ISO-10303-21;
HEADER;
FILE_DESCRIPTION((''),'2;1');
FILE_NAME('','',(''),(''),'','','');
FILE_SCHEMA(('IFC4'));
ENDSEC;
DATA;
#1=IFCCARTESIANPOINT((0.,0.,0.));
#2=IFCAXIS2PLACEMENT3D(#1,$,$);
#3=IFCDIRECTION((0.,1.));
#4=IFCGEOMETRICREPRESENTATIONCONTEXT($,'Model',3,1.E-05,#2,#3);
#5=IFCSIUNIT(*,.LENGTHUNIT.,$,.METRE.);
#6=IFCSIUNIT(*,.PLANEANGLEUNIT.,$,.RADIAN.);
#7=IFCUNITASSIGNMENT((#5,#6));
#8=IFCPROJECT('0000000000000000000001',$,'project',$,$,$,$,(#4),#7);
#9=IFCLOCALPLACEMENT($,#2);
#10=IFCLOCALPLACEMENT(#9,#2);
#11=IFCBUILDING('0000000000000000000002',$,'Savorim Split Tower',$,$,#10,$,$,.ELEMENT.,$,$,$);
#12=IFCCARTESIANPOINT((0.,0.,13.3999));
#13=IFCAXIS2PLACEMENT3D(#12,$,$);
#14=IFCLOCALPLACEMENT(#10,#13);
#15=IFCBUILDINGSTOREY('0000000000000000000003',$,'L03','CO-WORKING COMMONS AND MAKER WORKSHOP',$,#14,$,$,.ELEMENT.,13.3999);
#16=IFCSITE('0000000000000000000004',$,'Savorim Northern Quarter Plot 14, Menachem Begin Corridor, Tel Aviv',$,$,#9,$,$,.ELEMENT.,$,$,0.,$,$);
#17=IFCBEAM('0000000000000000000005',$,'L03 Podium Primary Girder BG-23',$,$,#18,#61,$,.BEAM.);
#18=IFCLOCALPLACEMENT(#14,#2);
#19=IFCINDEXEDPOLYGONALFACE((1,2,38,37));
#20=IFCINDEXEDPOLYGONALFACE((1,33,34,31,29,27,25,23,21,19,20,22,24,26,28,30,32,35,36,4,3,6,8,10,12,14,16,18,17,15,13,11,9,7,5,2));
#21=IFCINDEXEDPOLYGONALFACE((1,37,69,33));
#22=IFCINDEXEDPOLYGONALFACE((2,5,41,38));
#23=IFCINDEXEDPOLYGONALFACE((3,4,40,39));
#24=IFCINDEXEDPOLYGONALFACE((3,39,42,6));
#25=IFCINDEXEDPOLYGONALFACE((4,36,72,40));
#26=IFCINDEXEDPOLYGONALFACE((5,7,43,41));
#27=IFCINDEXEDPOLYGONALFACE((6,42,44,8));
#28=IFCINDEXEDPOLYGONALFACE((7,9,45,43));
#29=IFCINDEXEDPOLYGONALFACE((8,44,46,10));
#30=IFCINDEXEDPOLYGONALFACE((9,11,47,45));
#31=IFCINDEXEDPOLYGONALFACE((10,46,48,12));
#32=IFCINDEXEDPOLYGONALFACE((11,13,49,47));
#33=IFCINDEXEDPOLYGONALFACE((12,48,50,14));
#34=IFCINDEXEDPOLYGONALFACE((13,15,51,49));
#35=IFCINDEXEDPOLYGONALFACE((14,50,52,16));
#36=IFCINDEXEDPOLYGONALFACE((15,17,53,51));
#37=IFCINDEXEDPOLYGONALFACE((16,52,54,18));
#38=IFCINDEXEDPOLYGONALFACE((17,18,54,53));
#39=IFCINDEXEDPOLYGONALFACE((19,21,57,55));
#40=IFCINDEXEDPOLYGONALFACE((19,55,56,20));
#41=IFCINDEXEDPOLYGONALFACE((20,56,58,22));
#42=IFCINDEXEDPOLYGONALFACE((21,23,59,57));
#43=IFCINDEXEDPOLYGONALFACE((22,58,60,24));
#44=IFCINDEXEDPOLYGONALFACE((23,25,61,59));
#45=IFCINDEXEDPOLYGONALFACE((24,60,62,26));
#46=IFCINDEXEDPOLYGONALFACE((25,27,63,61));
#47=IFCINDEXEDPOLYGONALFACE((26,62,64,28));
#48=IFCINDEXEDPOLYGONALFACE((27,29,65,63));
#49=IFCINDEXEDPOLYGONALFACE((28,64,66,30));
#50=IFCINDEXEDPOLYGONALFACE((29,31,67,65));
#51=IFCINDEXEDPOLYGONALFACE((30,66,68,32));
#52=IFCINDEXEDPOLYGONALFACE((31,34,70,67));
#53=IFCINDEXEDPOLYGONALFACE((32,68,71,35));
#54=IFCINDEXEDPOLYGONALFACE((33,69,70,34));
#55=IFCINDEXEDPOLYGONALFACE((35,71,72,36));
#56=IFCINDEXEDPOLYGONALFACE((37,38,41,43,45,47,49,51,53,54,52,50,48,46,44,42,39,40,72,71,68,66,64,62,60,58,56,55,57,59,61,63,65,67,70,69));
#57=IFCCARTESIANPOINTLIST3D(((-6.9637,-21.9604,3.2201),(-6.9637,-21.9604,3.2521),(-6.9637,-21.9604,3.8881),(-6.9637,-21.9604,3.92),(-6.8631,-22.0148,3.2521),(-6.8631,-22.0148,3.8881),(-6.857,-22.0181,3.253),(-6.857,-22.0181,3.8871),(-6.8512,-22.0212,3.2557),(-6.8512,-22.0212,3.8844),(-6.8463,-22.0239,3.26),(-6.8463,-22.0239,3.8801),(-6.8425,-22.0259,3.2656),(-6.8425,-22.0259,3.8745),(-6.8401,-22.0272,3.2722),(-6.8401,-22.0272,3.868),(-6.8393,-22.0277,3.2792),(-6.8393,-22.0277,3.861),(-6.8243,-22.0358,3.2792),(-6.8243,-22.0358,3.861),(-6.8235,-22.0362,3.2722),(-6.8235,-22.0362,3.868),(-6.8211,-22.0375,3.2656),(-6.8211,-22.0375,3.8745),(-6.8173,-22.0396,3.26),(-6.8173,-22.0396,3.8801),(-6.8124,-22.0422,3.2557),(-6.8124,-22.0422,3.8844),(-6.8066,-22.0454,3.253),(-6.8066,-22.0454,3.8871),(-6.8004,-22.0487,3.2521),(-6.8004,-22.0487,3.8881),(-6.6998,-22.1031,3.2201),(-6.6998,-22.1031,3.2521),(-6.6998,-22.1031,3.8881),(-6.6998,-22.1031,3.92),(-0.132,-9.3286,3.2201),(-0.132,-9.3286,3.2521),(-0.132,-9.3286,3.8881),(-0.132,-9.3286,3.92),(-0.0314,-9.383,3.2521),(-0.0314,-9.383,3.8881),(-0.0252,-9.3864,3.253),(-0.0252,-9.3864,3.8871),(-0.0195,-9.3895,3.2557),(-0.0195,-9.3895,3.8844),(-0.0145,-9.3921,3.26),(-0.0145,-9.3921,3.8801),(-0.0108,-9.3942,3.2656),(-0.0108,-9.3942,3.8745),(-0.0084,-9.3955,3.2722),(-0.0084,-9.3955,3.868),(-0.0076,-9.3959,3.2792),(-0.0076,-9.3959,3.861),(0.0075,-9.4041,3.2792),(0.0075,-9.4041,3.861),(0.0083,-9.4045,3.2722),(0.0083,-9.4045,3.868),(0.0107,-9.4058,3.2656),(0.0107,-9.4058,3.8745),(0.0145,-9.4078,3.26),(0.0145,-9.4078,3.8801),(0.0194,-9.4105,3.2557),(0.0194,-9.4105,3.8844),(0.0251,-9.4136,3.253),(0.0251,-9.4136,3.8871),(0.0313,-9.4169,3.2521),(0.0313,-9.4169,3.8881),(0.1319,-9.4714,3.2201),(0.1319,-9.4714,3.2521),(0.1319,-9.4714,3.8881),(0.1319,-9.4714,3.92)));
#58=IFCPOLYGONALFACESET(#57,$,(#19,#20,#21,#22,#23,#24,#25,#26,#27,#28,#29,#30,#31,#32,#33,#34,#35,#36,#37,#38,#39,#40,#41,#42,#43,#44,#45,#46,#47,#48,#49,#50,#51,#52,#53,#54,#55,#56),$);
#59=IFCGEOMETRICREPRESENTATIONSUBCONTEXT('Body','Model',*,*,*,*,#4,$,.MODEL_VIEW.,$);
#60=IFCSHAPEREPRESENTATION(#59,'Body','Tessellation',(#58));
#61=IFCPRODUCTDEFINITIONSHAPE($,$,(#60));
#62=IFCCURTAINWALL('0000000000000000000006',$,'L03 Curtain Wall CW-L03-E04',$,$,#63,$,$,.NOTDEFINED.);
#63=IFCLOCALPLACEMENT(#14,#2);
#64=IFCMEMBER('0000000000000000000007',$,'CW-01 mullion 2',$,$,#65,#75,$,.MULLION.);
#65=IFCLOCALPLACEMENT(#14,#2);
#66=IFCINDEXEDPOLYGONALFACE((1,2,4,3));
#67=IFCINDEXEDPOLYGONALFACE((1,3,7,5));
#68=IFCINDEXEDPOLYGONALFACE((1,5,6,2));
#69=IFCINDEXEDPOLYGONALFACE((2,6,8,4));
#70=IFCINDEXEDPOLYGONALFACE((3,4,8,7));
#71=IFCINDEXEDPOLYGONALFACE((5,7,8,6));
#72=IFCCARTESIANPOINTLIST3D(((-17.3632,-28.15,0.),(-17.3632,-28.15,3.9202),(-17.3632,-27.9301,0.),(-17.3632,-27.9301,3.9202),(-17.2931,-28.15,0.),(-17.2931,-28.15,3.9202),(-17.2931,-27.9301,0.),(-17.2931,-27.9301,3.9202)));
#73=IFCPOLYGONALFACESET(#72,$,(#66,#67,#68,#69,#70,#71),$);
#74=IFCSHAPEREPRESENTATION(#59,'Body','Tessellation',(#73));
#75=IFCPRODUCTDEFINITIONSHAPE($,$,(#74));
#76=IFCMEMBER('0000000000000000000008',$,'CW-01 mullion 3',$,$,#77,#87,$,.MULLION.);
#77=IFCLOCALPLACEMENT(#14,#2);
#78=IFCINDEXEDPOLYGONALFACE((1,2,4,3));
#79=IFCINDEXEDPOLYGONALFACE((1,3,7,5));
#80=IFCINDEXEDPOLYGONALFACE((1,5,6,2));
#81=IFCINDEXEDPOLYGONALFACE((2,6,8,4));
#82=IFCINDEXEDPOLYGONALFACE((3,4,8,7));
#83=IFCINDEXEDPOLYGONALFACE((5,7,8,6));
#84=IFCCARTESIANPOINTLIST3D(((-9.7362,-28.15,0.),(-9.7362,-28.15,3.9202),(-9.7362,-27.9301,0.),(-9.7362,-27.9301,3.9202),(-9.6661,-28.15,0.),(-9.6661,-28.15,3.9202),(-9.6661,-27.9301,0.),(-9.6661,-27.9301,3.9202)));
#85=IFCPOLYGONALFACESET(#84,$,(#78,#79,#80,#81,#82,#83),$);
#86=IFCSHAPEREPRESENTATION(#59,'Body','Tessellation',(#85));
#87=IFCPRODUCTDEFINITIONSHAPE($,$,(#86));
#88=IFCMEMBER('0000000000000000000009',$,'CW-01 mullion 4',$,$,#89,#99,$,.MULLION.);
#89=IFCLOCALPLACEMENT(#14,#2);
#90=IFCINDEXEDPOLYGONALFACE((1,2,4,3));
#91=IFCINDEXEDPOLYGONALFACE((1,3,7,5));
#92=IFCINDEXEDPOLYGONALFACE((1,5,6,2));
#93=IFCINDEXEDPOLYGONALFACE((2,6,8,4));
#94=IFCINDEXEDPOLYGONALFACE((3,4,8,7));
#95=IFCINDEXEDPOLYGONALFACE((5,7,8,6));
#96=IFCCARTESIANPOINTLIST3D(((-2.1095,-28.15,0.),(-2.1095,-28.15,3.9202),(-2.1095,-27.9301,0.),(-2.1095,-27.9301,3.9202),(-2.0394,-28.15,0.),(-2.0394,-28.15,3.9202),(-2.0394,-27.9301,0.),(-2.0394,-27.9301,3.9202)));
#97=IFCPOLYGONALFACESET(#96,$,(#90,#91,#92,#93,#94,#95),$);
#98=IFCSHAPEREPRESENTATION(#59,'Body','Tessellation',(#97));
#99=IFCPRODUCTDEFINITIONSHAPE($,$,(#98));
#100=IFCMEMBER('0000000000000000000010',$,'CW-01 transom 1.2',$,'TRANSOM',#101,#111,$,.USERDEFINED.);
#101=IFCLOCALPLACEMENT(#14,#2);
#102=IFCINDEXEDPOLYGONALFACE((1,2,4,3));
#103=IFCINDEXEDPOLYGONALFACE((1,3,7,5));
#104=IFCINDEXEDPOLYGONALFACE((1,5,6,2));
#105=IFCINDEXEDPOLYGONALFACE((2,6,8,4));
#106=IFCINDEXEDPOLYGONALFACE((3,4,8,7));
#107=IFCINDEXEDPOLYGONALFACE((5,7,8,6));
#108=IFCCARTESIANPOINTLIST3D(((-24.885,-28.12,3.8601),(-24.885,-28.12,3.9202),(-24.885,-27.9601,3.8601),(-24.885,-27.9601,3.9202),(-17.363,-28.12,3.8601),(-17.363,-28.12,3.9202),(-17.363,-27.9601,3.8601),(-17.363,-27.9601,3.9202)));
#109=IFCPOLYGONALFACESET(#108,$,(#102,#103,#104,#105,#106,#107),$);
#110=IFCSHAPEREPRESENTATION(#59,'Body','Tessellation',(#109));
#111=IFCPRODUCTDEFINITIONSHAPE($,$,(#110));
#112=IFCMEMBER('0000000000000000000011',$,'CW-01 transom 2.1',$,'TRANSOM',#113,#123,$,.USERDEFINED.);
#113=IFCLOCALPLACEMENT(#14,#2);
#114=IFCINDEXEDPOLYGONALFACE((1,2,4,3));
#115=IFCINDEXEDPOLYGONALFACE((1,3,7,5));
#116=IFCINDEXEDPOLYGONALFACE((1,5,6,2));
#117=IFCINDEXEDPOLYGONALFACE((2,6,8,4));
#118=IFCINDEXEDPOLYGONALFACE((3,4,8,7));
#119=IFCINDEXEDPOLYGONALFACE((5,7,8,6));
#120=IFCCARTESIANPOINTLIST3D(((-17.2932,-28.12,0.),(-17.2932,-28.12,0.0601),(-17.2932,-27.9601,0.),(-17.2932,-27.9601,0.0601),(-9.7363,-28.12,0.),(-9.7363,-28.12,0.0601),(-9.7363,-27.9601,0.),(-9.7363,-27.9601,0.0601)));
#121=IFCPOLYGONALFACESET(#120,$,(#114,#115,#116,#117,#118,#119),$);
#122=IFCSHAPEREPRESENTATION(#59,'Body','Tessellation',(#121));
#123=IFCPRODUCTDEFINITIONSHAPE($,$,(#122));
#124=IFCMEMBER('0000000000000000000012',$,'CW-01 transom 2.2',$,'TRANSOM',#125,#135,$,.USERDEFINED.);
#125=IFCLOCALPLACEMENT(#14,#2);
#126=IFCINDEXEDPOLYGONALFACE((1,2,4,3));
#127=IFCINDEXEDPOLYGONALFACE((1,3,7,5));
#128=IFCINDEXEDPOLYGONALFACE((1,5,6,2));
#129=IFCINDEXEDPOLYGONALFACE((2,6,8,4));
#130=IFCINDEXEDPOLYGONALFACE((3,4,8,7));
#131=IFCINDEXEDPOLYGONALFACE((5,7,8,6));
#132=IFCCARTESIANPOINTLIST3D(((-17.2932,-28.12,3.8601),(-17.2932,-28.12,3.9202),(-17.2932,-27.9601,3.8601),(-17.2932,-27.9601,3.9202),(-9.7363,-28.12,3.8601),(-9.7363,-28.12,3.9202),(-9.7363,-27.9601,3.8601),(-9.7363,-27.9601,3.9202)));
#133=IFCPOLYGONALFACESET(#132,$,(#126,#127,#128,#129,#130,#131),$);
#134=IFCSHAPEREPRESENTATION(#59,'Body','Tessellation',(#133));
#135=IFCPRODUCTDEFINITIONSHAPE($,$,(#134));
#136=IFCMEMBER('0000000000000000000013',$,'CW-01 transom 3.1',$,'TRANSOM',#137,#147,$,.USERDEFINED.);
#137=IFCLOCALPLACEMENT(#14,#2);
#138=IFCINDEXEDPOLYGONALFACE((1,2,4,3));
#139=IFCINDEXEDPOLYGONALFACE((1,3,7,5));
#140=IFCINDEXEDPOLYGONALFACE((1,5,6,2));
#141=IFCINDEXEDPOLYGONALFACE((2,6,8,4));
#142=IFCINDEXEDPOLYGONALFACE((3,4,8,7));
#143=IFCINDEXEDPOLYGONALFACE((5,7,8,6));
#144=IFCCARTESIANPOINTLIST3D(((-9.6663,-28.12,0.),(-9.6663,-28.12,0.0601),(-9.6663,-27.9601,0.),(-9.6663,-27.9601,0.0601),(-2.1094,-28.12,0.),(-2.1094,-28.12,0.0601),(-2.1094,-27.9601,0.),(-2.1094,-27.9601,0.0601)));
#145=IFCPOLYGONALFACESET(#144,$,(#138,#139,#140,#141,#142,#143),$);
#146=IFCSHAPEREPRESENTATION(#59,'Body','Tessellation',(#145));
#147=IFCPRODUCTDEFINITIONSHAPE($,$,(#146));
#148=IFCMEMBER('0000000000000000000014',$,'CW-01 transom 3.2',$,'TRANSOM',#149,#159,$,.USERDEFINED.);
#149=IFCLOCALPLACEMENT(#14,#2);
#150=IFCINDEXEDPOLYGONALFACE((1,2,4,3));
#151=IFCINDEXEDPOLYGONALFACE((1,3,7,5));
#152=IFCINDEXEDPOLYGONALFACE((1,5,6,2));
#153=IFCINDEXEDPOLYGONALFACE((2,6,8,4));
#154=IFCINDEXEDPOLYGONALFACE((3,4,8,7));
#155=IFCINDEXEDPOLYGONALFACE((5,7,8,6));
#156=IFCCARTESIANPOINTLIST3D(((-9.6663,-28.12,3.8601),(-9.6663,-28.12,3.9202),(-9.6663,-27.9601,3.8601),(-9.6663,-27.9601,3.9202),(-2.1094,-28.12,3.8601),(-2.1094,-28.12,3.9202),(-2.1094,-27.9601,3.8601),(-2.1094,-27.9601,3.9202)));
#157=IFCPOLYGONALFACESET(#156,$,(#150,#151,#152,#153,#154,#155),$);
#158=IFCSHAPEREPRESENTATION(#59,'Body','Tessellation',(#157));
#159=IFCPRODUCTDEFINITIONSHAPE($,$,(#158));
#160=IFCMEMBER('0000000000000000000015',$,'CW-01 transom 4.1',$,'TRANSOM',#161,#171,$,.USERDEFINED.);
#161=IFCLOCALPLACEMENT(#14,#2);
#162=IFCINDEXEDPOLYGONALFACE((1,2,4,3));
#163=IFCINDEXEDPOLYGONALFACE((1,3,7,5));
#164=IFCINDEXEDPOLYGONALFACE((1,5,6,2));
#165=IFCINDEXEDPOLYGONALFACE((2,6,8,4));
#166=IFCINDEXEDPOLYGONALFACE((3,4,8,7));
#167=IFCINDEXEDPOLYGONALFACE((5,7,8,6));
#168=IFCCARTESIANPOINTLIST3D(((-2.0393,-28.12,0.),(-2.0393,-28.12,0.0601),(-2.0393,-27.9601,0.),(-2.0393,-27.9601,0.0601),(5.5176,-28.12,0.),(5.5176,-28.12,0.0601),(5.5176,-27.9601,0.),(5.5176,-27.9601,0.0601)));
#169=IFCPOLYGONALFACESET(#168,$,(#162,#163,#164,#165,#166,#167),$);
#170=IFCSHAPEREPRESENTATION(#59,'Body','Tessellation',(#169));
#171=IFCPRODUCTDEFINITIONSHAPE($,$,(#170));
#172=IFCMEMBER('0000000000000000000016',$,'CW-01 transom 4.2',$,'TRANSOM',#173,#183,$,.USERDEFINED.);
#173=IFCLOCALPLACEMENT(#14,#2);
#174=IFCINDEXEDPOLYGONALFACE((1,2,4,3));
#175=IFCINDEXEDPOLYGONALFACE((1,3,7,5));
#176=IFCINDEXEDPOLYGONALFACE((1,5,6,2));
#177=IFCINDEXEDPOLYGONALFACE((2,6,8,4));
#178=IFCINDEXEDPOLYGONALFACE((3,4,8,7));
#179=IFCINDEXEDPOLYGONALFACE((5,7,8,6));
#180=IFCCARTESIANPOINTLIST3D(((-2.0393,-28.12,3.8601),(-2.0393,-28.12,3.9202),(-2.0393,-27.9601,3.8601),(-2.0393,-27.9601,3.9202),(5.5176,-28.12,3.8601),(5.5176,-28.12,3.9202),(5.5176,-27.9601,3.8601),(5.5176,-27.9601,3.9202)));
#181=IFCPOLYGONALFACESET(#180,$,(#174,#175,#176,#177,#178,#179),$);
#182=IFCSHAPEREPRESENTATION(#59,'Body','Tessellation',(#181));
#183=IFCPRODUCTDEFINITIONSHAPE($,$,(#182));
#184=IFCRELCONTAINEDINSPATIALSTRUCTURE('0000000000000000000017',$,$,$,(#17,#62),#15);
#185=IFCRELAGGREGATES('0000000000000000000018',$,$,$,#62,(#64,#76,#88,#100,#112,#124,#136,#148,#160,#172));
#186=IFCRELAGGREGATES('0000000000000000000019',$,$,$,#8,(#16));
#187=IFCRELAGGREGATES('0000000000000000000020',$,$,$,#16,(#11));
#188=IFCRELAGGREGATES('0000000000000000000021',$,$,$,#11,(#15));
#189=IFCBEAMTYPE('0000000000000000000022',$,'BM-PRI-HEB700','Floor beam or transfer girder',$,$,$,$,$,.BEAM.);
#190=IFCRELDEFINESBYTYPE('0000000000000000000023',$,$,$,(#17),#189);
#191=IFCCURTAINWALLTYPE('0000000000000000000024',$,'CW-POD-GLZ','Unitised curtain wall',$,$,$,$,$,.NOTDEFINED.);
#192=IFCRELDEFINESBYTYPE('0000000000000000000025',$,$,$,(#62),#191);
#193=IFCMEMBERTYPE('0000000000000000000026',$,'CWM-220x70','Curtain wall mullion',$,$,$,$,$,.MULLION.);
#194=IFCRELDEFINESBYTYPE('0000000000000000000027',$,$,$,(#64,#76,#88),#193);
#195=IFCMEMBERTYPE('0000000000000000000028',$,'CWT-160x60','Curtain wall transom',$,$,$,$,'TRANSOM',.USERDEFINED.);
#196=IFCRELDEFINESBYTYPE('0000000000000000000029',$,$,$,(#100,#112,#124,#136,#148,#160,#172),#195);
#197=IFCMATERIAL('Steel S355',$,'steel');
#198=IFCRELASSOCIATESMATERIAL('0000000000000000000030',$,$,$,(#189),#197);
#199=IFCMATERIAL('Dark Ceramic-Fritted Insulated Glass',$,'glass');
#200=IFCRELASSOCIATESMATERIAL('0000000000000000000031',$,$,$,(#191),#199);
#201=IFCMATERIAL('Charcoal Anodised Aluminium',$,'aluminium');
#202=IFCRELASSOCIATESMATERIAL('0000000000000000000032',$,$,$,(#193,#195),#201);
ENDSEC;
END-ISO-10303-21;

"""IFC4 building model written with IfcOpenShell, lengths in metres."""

from ifc_helpers import new_model, si_unit, direction, frame, origin, origin_2d, place, context, subcontext, project, spatial, rectangle, i_section, extrude, material, material_profile, profile_set, type_object, element, aggregate, save


model = new_model("IFC4")

# Units and contexts
model_context = context("Model", 3, precision=1e-05, world=origin(), true_north=direction((0.0, 1.0)))
body_context = subcontext(model_context, "Body", "Model", "MODEL_VIEW")
ifc_project = project(units=[si_unit("LENGTHUNIT", "METRE"), si_unit("PLANEANGLEUNIT", "RADIAN")], contexts=[model_context])

# Site, building, storey
site_placement = place(None, origin())
site = spatial("IfcSite", under=ifc_project, at=site_placement, Name="Savorim Northern Quarter Plot 14, Menachem Begin Corridor, Tel Aviv", CompositionType="ELEMENT", RefElevation=0.0)
building_placement = place(site_placement, origin())
building = spatial("IfcBuilding", under=site, at=building_placement, Name="Savorim Split Tower", CompositionType="ELEMENT")
storey_placement = place(building_placement, frame((0.0, 0.0, 13.3999)))
storey = spatial("IfcBuildingStorey", under=building, at=storey_placement, Name="L03", Description="CO-WORKING COMMONS AND MAKER WORKSHOP", CompositionType="ELEMENT", Elevation=13.3999)

# Beam
ifc_material_1 = material(Name="Steel S355", Category="steel")
ifc_material_profile_1 = material_profile(ifc_material_1, i_section(OverallWidth=0.3, OverallDepth=0.7, WebThickness=0.0171, FlangeThickness=0.032, FilletRadius=0.0271, at=origin_2d()), Name="HEB 700")
ifc_profile_set_1 = profile_set([ifc_material_profile_1], Name="Steel S355")
beam_type = type_object("IfcBeamType", Name="BM-PRI-HEB700", Description="Floor beam or transfer girder", PredefinedType="BEAM", material=ifc_profile_set_1)
beam_1_placement = place(storey_placement, frame((-6.8318, -22.0317, 3.5701), z_axis=(0.47572, 0.879597, 0.0), x_axis=(-0.879597, 0.47572, 0.0)))
element("IfcBeam", 1, at=beam_1_placement, inside=storey, type_object=beam_type, Name="L03 Podium Primary Girder BG-23", PredefinedType="BEAM", context=body_context, shape_type="SweptSolid", body=[
    extrude(i_section(OverallWidth=0.3, OverallDepth=0.7, WebThickness=0.0171, FlangeThickness=0.032, FilletRadius=0.0271, at=origin_2d()), origin(), (0.0, 0.0, 1.0), 14.3608),
])

# Curtain wall, members
ifc_material_2 = material(Name="Dark Ceramic-Fritted Insulated Glass", Category="glass")
curtain_wall_type = type_object("IfcCurtainWallType", Name="CW-POD-GLZ", Description="Unitised curtain wall", PredefinedType="NOTDEFINED", material=ifc_material_2)
curtain_wall_placement = place(storey_placement, origin())
curtain_wall = element("IfcCurtainWall", 2, at=curtain_wall_placement, inside=storey, type_object=curtain_wall_type, Name="L03 Curtain Wall CW-L03-E04", PredefinedType="NOTDEFINED")
ifc_material_3 = material(Name="Charcoal Anodised Aluminium", Category="aluminium")
ifc_material_profile_2 = material_profile(ifc_material_3, rectangle(XDim=0.22, YDim=0.0701, at=origin_2d()), Name="ALU-M 220x70")
ifc_profile_set_2 = profile_set([ifc_material_profile_2], Name="Charcoal Anodised Aluminium")
member_type_1 = type_object("IfcMemberType", Name="CWM-220x70", Description="Curtain wall mullion", PredefinedType="MULLION", material=ifc_profile_set_2)
member_1_placement = place(storey_placement, frame((-17.3281, -28.04, 0.0), z_axis=(0.0, 0.0, 1.0), x_axis=(0.0, 1.0, 0.0)))
member_1 = element("IfcMember", 3, at=member_1_placement, type_object=member_type_1, Name="CW-01 mullion 2", PredefinedType="MULLION", context=body_context, shape_type="SweptSolid", body=[
    extrude(rectangle(XDim=0.22, YDim=0.0701, at=origin_2d()), origin(), (0.0, 0.0, 1.0), 3.9202),
])
member_2_placement = place(storey_placement, frame((-9.7012, -28.04, 0.0), z_axis=(0.0, 0.0, 1.0), x_axis=(0.0, 1.0, 0.0)))
member_2 = element("IfcMember", 4, at=member_2_placement, type_object=member_type_1, Name="CW-01 mullion 3", PredefinedType="MULLION", context=body_context, shape_type="SweptSolid", body=[
    extrude(rectangle(XDim=0.22, YDim=0.0701, at=origin_2d()), origin(), (0.0, 0.0, 1.0), 3.9202),
])
member_3_placement = place(storey_placement, frame((-2.0745, -28.04, 0.0), z_axis=(0.0, 0.0, 1.0), x_axis=(0.0, 1.0, 0.0)))
member_3 = element("IfcMember", 5, at=member_3_placement, type_object=member_type_1, Name="CW-01 mullion 4", PredefinedType="MULLION", context=body_context, shape_type="SweptSolid", body=[
    extrude(rectangle(XDim=0.22, YDim=0.0701, at=origin_2d()), origin(), (0.0, 0.0, 1.0), 3.9202),
])
ifc_material_profile_3 = material_profile(ifc_material_3, rectangle(XDim=0.1599, YDim=0.0601, at=origin_2d()), Name="ALU-T 160x60")
ifc_profile_set_3 = profile_set([ifc_material_profile_3], Name="Charcoal Anodised Aluminium")
member_type_2 = type_object("IfcMemberType", Name="CWT-160x60", Description="Curtain wall transom", ElementType="TRANSOM", PredefinedType="USERDEFINED", material=ifc_profile_set_3)
member_4_placement = place(storey_placement, frame((-24.885, -28.04, 3.8901), z_axis=(1.0, 0.0, 0.0), x_axis=(0.0, 1.0, 0.0)))
member_4 = element("IfcMember", 6, at=member_4_placement, type_object=member_type_2, Name="CW-01 transom 1.2", ObjectType="TRANSOM", PredefinedType="USERDEFINED", context=body_context, shape_type="SweptSolid", body=[
    extrude(rectangle(XDim=0.1599, YDim=0.0601, at=origin_2d()), origin(), (0.0, 0.0, 1.0), 7.522),
])
member_5_placement = place(storey_placement, frame((-17.2932, -28.04, 0.03), z_axis=(1.0, 0.0, 0.0), x_axis=(0.0, 1.0, 0.0)))
member_5 = element("IfcMember", 7, at=member_5_placement, type_object=member_type_2, Name="CW-01 transom 2.1", ObjectType="TRANSOM", PredefinedType="USERDEFINED", context=body_context, shape_type="SweptSolid", body=[
    extrude(rectangle(XDim=0.1599, YDim=0.0601, at=origin_2d()), origin(), (0.0, 0.0, 1.0), 7.5569),
])
member_6_placement = place(storey_placement, frame((-17.2932, -28.04, 3.8901), z_axis=(1.0, 0.0, 0.0), x_axis=(0.0, 1.0, 0.0)))
member_6 = element("IfcMember", 8, at=member_6_placement, type_object=member_type_2, Name="CW-01 transom 2.2", ObjectType="TRANSOM", PredefinedType="USERDEFINED", context=body_context, shape_type="SweptSolid", body=[
    extrude(rectangle(XDim=0.1599, YDim=0.0601, at=origin_2d()), origin(), (0.0, 0.0, 1.0), 7.5569),
])
member_7_placement = place(storey_placement, frame((-9.6663, -28.04, 0.03), z_axis=(1.0, 0.0, 0.0), x_axis=(0.0, 1.0, 0.0)))
member_7 = element("IfcMember", 9, at=member_7_placement, type_object=member_type_2, Name="CW-01 transom 3.1", ObjectType="TRANSOM", PredefinedType="USERDEFINED", context=body_context, shape_type="SweptSolid", body=[
    extrude(rectangle(XDim=0.1599, YDim=0.0601, at=origin_2d()), origin(), (0.0, 0.0, 1.0), 7.5569),
])
member_8_placement = place(storey_placement, frame((-9.6663, -28.04, 3.8901), z_axis=(1.0, 0.0, 0.0), x_axis=(0.0, 1.0, 0.0)))
member_8 = element("IfcMember", 10, at=member_8_placement, type_object=member_type_2, Name="CW-01 transom 3.2", ObjectType="TRANSOM", PredefinedType="USERDEFINED", context=body_context, shape_type="SweptSolid", body=[
    extrude(rectangle(XDim=0.1599, YDim=0.0601, at=origin_2d()), origin(), (0.0, 0.0, 1.0), 7.5569),
])
member_9_placement = place(storey_placement, frame((-2.0393, -28.04, 0.03), z_axis=(1.0, 0.0, 0.0), x_axis=(0.0, 1.0, 0.0)))
member_9 = element("IfcMember", 11, at=member_9_placement, type_object=member_type_2, Name="CW-01 transom 4.1", ObjectType="TRANSOM", PredefinedType="USERDEFINED", context=body_context, shape_type="SweptSolid", body=[
    extrude(rectangle(XDim=0.1599, YDim=0.0601, at=origin_2d()), origin(), (0.0, 0.0, 1.0), 7.5569),
])
member_10_placement = place(storey_placement, frame((-2.0393, -28.04, 3.8901), z_axis=(1.0, 0.0, 0.0), x_axis=(0.0, 1.0, 0.0)))
member_10 = element("IfcMember", 12, at=member_10_placement, type_object=member_type_2, Name="CW-01 transom 4.2", ObjectType="TRANSOM", PredefinedType="USERDEFINED", context=body_context, shape_type="SweptSolid", body=[
    extrude(rectangle(XDim=0.1599, YDim=0.0601, at=origin_2d()), origin(), (0.0, 0.0, 1.0), 7.5569),
])
aggregate(curtain_wall, [member_1, member_2, member_3, member_4, member_5, member_6, member_7, member_8, member_9, member_10])

save(model, "model.ifc")
